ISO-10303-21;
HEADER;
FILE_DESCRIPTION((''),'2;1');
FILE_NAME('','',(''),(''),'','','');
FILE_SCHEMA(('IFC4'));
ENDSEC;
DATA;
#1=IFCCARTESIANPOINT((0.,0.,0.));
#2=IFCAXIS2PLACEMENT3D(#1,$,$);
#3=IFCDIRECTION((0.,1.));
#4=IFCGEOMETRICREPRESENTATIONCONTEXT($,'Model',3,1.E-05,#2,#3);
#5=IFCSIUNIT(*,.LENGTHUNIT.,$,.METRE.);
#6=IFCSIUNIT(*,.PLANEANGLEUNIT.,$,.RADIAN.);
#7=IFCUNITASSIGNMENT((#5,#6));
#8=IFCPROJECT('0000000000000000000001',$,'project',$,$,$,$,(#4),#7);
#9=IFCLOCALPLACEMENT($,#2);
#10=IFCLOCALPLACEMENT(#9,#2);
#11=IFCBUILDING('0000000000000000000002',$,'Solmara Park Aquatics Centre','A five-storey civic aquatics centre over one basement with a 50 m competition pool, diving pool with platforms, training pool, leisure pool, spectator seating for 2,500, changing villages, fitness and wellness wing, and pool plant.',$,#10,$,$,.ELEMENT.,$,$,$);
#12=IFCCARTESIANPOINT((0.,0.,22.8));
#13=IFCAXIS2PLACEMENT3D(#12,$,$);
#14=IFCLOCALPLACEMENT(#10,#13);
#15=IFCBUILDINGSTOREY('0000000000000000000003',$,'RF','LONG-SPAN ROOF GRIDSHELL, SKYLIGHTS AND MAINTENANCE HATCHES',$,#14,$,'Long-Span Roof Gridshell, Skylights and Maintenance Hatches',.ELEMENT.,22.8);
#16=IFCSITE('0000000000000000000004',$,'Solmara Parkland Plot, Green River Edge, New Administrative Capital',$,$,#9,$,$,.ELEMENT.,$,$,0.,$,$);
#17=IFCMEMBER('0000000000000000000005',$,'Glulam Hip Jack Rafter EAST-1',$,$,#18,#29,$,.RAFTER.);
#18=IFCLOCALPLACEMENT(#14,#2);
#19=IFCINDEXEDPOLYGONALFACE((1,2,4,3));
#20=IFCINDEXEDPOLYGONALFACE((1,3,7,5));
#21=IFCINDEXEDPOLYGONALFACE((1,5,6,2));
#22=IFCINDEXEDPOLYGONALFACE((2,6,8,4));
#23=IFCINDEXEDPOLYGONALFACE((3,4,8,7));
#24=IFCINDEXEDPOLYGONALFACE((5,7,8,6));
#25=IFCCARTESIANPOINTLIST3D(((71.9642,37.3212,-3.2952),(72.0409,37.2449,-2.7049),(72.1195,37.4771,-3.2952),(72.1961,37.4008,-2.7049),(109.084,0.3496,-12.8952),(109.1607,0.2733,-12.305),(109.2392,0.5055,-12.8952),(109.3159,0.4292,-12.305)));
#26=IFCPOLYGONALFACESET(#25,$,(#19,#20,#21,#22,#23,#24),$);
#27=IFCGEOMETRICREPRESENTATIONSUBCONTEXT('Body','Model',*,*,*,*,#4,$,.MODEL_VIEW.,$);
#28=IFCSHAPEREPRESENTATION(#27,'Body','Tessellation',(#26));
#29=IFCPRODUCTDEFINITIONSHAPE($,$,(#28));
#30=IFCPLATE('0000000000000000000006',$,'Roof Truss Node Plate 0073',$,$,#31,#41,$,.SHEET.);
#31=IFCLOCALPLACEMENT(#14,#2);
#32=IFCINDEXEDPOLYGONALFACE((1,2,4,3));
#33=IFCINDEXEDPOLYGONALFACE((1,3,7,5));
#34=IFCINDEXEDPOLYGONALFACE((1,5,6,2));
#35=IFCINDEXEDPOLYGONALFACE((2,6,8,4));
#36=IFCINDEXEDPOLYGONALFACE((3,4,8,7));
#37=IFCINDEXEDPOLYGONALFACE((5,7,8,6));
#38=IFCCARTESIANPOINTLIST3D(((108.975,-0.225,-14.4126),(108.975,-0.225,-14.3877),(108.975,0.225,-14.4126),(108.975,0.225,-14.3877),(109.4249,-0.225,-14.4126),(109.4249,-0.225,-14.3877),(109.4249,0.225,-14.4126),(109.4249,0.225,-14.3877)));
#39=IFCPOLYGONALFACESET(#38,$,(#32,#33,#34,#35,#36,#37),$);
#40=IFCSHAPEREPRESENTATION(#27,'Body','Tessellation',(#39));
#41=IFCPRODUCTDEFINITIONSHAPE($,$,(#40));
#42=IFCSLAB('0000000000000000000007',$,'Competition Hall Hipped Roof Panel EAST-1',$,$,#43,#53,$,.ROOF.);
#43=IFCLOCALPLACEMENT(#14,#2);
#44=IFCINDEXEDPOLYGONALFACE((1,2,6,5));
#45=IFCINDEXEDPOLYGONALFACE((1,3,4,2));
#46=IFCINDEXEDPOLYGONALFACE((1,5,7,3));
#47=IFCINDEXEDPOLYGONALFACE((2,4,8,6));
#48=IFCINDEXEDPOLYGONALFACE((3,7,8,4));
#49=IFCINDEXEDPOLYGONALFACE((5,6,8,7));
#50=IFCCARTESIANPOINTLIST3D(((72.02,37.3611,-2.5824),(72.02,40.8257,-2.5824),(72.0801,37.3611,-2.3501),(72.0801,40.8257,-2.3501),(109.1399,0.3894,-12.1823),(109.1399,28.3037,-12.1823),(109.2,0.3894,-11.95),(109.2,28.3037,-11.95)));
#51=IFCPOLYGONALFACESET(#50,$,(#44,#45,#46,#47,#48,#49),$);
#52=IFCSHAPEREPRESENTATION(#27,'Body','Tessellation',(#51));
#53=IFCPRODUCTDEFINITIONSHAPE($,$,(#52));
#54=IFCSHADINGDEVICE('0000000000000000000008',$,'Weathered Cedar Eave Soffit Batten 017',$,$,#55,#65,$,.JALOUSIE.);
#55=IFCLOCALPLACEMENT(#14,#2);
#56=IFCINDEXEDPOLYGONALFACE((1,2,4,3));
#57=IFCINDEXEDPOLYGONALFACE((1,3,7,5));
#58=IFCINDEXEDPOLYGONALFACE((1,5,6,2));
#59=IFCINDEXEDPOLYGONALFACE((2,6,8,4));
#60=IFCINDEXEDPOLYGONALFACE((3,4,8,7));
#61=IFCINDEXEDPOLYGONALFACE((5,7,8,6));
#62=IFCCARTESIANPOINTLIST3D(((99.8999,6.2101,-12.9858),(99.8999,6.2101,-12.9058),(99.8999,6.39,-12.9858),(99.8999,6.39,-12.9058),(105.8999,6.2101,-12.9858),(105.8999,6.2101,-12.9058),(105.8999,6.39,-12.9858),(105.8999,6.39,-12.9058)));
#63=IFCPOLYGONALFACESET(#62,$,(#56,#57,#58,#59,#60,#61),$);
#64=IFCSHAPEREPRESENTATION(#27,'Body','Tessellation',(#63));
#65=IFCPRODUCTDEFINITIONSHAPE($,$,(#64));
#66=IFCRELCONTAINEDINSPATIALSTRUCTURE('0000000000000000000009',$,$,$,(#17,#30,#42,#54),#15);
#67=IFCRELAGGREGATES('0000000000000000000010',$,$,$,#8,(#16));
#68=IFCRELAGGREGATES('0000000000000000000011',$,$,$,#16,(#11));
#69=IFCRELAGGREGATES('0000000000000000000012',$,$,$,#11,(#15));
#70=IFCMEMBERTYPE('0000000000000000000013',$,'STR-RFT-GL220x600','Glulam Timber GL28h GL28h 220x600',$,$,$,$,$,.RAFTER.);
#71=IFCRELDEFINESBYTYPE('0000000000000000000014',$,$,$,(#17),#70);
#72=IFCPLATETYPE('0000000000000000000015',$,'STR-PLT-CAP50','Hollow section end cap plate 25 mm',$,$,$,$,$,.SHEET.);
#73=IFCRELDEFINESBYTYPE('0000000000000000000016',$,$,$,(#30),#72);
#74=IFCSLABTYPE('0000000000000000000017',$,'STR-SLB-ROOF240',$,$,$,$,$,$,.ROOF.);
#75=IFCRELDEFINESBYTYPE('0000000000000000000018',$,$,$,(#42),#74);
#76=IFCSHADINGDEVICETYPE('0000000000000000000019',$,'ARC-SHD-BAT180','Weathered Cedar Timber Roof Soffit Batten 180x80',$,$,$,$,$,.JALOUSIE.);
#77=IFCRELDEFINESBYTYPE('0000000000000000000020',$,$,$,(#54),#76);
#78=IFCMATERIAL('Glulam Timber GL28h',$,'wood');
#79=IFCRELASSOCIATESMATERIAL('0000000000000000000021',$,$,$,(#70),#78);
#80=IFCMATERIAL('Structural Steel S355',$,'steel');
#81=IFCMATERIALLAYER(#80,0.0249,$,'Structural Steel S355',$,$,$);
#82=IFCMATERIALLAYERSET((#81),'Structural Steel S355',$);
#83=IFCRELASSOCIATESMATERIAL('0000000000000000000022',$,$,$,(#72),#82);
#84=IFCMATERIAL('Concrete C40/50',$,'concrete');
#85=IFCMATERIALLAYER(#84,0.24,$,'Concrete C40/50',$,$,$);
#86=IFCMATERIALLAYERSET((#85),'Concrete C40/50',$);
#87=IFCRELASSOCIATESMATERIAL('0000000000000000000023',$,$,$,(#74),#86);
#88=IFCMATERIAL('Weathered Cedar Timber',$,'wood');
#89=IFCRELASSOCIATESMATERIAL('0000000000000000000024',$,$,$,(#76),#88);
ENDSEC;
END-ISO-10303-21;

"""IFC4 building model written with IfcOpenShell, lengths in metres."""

from ifc_helpers import new_model, si_unit, direction, frame, origin, origin_2d, place, context, subcontext, project, spatial, polyline, rectangle, outline, extrude, material, layer, layer_set, material_profile, profile_set, type_object, element, save


model = new_model("IFC4")

# Units and contexts
model_context = context("Model", 3, precision=1e-05, world=origin(), true_north=direction((0.0, 1.0)))
body_context = subcontext(model_context, "Body", "Model", "MODEL_VIEW")
ifc_project = project(units=[si_unit("LENGTHUNIT", "METRE"), si_unit("PLANEANGLEUNIT", "RADIAN")], contexts=[model_context])

# Site, building, storey
site_placement = place(None, origin())
site = spatial("IfcSite", under=ifc_project, at=site_placement, Name="Solmara Parkland Plot, Green River Edge, New Administrative Capital", CompositionType="ELEMENT", RefElevation=0.0)
building_placement = place(site_placement, origin())
building = spatial("IfcBuilding", under=site, at=building_placement, Name="Solmara Park Aquatics Centre", Description="A five-storey civic aquatics centre over one basement with a 50 m competition pool, diving pool with platforms, training pool, leisure pool, spectator seating for 2,500, changing villages, fitness and wellness wing, and pool plant.", CompositionType="ELEMENT")
storey_placement = place(building_placement, frame((0.0, 0.0, 22.8)))
storey = spatial("IfcBuildingStorey", under=building, at=storey_placement, Name="RF", Description="LONG-SPAN ROOF GRIDSHELL, SKYLIGHTS AND MAINTENANCE HATCHES", LongName="Long-Span Roof Gridshell, Skylights and Maintenance Hatches", CompositionType="ELEMENT", Elevation=22.8)

# Member
ifc_material_1 = material(Name="Structural Steel S355", Category="steel")
ifc_material_2 = material(Name="Glulam Timber GL28h", Category="wood")
ifc_material_profile_1 = material_profile(ifc_material_2, rectangle(XDim=0.22, YDim=0.6001, at=origin_2d()), Name="GL28h 220x600")
ifc_profile_set_1 = profile_set([ifc_material_profile_1], Name="Glulam Timber GL28h")
member_type_1 = type_object("IfcMemberType", Name="STR-RFT-GL220x600", Description="Glulam Timber GL28h GL28h 220x600", PredefinedType="RAFTER", material=ifc_profile_set_1)
member_1_placement = place(storey_placement, frame((109.2, 0.3894, -12.6001), z_axis=(-0.696916, 0.694134, 0.180239), x_axis=(-0.705691, -0.70852, 0.0)))
element("IfcMember", 1, at=member_1_placement, inside=storey, type_object=member_type_1, Name="Glulam Hip Jack Rafter EAST-1", PredefinedType="RAFTER", context=body_context, shape_type="SweptSolid", body=[
    extrude(rectangle(XDim=0.22, YDim=0.6001, at=origin_2d()), origin(), (0.0, 0.0, 1.0), 53.2629),
])

# Plate
ifc_layer_1 = layer(ifc_material_1, 0.0249, Name="Structural Steel S355")
ifc_layer_set_1 = layer_set([ifc_layer_1], Name="Structural Steel S355")
plate_type = type_object("IfcPlateType", Name="STR-PLT-CAP50", Description="Hollow section end cap plate 25 mm", PredefinedType="SHEET", material=ifc_layer_set_1)
plate_placement = place(storey_placement, frame((109.2, 0.0, -14.4126), z_axis=(0.0, 0.0, 1.0), x_axis=(1.0, 0.0, 0.0)))
element("IfcPlate", 2, at=plate_placement, inside=storey, type_object=plate_type, Name="Roof Truss Node Plate 0073", PredefinedType="SHEET", context=body_context, shape_type="SweptSolid", body=[
    extrude(rectangle(XDim=0.45, YDim=0.45, at=origin_2d()), origin(), (0.0, 0.0, 1.0), 0.0249),
])

# Slab
ifc_material_3 = material(Name="Concrete C40/50", Category="concrete")
ifc_layer_2 = layer(ifc_material_3, 0.24, Name="Concrete C40/50")
ifc_layer_set_2 = layer_set([ifc_layer_2], Name="Concrete C40/50")
slab_type = type_object("IfcSlabType", Name="STR-SLB-ROOF240", PredefinedType="ROOF", material=ifc_layer_set_2)
slab_placement = place(storey_placement, frame((109.2, 0.3894, -11.95), z_axis=(0.25038, 0.0, 0.968148), x_axis=(0.0, 1.0, 0.0)))
element("IfcSlab", 3, at=slab_placement, inside=storey, type_object=slab_type, Name="Competition Hall Hipped Roof Panel EAST-1", PredefinedType="ROOF", context=body_context, shape_type="SweptSolid", body=[
    extrude(outline(polyline([(0.0, 0.0), (27.9143, 0.0), (40.4363, 38.3411), (36.9717, 38.3411), (0.0, 0.0)])), origin(), (0.0, 0.0, -1.0), 0.24),
])

# Shading device
ifc_material_4 = material(Name="Weathered Cedar Timber", Category="wood")
shading_device_type = type_object("IfcShadingDeviceType", Name="ARC-SHD-BAT180", Description="Weathered Cedar Timber Roof Soffit Batten 180x80", PredefinedType="JALOUSIE", material=ifc_material_4)
shading_device_placement = place(storey_placement, frame((102.8999, 6.3, -12.9858), z_axis=(0.0, 0.0, 1.0), x_axis=(1.0, 0.0, 0.0)))
element("IfcShadingDevice", 4, at=shading_device_placement, inside=storey, type_object=shading_device_type, Name="Weathered Cedar Eave Soffit Batten 017", PredefinedType="JALOUSIE", context=body_context, shape_type="SweptSolid", body=[
    extrude(rectangle(XDim=6.0, YDim=0.1799, at=origin_2d()), origin(), (0.0, 0.0, 1.0), 0.0801),
])

save(model, "model.ifc")
